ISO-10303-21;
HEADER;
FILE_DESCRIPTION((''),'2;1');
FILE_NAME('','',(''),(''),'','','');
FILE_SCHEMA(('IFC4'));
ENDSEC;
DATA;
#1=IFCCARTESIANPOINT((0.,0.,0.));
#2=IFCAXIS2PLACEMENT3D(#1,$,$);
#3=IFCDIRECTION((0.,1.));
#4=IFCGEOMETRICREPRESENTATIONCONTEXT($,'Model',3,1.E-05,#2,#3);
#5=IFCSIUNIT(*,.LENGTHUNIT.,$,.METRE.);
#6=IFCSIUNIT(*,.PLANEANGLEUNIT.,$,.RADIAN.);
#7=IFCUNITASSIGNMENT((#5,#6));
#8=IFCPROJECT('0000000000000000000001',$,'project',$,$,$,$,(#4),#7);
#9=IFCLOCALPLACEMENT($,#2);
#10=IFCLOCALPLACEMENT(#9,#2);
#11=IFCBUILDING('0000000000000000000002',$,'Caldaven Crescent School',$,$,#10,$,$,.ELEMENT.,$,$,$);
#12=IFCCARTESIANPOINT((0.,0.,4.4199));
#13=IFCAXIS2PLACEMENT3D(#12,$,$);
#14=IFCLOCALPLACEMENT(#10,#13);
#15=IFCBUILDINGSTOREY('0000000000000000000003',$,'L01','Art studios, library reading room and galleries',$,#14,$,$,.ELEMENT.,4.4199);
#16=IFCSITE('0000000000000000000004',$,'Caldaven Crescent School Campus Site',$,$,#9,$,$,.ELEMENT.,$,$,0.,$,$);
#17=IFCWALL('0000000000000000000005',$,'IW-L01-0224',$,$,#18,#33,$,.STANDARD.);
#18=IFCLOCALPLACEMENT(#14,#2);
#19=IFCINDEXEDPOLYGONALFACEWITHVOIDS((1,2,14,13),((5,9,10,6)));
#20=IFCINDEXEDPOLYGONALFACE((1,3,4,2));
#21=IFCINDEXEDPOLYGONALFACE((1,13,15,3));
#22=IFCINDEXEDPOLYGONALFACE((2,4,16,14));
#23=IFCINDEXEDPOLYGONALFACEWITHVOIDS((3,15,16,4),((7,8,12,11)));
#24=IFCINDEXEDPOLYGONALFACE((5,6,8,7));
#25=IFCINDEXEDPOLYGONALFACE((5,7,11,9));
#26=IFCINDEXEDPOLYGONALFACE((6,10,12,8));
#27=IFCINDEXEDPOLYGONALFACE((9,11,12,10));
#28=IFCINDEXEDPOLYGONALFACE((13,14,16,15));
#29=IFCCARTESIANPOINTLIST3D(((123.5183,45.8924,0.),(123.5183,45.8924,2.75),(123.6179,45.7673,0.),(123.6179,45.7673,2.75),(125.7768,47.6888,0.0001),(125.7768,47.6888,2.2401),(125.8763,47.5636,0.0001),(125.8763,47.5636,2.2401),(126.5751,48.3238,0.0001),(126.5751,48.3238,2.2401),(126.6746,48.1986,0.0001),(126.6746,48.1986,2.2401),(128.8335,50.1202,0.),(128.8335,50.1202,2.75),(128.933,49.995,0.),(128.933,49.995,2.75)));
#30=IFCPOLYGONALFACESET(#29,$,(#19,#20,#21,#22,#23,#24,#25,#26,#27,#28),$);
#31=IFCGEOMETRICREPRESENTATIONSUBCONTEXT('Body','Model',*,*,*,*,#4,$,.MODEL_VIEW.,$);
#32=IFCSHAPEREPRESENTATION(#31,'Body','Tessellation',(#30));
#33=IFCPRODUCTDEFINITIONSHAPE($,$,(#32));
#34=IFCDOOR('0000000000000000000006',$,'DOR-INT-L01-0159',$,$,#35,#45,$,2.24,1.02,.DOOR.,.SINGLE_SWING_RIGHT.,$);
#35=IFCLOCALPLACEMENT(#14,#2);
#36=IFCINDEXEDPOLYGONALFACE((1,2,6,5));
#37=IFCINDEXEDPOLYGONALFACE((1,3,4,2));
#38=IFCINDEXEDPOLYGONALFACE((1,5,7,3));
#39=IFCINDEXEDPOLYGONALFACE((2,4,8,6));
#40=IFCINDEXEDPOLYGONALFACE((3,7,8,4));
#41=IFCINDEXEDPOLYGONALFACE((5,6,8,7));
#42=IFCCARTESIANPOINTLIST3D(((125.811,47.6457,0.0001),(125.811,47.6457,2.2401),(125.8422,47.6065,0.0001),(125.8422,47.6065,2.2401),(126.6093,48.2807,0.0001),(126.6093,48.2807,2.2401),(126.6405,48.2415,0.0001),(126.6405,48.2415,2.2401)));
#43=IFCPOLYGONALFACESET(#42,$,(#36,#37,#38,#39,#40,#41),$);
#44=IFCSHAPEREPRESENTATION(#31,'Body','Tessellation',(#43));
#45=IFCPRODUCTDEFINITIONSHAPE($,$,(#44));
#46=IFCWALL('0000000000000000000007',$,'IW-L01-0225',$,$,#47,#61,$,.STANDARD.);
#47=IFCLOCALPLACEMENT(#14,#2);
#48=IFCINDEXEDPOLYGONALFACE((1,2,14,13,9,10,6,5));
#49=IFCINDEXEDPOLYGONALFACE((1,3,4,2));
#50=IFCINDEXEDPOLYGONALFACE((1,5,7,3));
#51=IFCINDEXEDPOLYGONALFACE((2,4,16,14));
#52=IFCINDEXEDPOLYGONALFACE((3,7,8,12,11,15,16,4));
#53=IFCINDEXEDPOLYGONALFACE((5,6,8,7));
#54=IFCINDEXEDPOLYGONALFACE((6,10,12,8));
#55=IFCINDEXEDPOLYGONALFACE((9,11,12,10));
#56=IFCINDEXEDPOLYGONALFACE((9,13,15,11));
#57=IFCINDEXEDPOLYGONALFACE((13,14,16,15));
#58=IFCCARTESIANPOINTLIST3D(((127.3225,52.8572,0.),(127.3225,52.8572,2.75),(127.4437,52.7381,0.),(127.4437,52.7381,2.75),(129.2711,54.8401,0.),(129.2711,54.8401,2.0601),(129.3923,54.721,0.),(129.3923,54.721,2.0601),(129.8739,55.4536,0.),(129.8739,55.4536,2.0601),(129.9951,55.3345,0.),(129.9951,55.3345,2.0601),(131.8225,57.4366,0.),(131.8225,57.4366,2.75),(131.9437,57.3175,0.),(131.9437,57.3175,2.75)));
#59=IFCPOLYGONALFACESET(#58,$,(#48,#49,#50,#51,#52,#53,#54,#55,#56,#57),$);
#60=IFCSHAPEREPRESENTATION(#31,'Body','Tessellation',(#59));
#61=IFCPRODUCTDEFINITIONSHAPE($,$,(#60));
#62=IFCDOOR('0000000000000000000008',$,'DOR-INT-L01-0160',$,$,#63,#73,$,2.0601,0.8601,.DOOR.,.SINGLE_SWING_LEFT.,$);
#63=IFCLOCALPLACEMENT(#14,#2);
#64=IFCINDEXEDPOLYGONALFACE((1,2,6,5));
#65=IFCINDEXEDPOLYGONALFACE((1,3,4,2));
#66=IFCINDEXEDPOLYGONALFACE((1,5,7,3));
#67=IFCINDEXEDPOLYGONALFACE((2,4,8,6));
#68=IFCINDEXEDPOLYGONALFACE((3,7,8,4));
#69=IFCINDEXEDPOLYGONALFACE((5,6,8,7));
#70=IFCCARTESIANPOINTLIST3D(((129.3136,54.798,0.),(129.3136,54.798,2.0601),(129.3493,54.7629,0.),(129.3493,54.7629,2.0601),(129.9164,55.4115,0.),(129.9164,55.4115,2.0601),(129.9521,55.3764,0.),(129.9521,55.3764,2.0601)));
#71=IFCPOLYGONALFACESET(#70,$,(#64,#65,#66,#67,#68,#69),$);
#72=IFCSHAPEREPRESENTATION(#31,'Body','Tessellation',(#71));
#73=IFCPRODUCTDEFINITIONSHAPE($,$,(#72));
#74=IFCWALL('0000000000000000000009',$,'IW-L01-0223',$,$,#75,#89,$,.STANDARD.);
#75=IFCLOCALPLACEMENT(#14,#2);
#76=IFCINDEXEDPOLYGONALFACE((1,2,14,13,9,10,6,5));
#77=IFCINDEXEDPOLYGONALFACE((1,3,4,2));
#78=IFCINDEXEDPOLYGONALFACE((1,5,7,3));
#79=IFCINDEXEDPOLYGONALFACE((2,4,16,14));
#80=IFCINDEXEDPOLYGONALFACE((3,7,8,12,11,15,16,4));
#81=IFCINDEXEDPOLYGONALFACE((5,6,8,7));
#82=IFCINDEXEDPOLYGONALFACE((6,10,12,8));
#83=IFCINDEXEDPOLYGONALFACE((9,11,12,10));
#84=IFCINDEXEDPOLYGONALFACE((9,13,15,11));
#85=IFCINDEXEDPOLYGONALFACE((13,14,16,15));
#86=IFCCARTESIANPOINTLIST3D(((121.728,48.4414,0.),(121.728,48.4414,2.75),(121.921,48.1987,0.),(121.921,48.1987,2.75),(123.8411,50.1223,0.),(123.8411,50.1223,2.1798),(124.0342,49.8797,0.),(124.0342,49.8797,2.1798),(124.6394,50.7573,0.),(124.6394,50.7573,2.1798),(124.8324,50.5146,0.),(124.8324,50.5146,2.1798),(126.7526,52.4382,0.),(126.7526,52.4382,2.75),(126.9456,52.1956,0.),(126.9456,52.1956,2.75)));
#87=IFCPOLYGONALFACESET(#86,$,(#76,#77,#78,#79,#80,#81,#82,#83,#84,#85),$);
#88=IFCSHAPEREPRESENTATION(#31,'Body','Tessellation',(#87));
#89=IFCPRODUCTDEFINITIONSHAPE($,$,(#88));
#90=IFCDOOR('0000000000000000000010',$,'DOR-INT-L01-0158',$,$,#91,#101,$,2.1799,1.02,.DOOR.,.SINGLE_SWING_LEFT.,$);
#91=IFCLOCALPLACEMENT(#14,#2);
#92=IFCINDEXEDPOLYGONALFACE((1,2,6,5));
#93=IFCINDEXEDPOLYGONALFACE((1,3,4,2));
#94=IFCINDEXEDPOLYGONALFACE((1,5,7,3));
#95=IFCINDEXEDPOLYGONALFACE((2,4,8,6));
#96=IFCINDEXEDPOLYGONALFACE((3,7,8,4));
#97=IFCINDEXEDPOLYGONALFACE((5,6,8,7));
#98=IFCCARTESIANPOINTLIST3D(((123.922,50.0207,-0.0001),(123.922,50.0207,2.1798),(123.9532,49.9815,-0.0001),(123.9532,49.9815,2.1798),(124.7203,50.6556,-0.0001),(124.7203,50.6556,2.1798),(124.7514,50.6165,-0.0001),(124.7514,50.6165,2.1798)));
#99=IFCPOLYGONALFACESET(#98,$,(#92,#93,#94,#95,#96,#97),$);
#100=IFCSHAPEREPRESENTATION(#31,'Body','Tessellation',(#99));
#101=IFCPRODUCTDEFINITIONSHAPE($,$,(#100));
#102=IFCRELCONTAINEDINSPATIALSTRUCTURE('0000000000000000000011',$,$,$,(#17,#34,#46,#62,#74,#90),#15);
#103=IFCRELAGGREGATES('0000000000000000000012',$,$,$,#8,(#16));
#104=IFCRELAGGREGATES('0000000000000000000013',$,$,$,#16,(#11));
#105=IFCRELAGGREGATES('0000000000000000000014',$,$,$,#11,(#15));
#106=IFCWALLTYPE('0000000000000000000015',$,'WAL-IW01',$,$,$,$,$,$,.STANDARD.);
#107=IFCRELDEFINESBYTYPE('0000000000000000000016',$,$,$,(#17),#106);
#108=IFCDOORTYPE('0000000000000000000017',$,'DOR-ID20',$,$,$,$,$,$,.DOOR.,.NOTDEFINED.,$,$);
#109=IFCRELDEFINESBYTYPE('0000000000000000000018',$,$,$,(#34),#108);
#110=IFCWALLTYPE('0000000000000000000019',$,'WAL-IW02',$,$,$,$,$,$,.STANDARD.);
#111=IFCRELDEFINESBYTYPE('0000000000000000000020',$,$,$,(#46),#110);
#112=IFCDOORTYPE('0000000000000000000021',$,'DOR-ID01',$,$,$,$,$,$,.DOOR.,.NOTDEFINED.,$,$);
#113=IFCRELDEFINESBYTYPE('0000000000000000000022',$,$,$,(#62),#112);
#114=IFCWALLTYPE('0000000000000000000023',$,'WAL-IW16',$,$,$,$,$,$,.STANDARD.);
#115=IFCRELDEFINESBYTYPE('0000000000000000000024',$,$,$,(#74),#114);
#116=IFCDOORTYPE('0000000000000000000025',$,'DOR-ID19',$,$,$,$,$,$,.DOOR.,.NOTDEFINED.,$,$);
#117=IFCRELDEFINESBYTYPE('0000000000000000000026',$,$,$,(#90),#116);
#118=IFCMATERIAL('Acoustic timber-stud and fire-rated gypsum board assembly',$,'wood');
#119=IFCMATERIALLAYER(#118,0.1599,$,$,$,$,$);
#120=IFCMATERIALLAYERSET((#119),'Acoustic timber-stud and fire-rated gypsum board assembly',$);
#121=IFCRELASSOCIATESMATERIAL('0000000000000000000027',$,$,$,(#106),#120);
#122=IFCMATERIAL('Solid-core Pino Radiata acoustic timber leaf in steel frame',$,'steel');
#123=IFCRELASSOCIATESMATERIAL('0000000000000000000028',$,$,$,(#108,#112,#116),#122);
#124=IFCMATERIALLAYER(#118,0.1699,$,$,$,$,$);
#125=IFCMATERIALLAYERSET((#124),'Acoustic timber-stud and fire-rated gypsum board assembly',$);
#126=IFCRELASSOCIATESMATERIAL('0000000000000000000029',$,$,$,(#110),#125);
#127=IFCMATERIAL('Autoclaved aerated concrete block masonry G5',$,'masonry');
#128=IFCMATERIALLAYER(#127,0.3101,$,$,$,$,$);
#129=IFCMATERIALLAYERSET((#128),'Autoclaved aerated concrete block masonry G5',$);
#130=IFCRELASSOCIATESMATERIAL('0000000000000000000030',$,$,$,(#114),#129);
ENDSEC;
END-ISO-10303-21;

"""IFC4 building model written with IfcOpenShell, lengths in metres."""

from ifc_helpers import new_model, si_unit, direction, frame, frame_2d, origin, place, context, subcontext, project, spatial, rectangle, extrude, material, layer, layer_set, type_object, element, fill, save


model = new_model("IFC4")

# Units and contexts
model_context = context("Model", 3, precision=1e-05, world=origin(), true_north=direction((0.0, 1.0)))
body_context = subcontext(model_context, "Body", "Model", "MODEL_VIEW")
ifc_project = project(units=[si_unit("LENGTHUNIT", "METRE"), si_unit("PLANEANGLEUNIT", "RADIAN")], contexts=[model_context])

# Site, building, storey
site_placement = place(None, origin())
site = spatial("IfcSite", under=ifc_project, at=site_placement, Name="Caldaven Crescent School Campus Site", CompositionType="ELEMENT", RefElevation=0.0)
building_placement = place(site_placement, origin())
building = spatial("IfcBuilding", under=site, at=building_placement, Name="Caldaven Crescent School", CompositionType="ELEMENT")
storey_placement = place(building_placement, frame((0.0, 0.0, 4.4199)))
storey = spatial("IfcBuildingStorey", under=building, at=storey_placement, Name="L01", Description="Art studios, library reading room and galleries", CompositionType="ELEMENT", Elevation=4.4199)

# Walls, openings, doors
ifc_material_1 = material(Name="Acoustic timber-stud and fire-rated gypsum board assembly", Category="wood")
ifc_layer_1 = layer(ifc_material_1, 0.1599)
ifc_layer_set_1 = layer_set([ifc_layer_1], Name="Acoustic timber-stud and fire-rated gypsum board assembly")
wall_type_1 = type_object("IfcWallType", Name="WAL-IW01", PredefinedType="STANDARD", material=ifc_layer_set_1)
wall_1_placement = place(storey_placement, frame((123.5681, 45.8298, 0.0), z_axis=(0.0, 0.0, 1.0), x_axis=(0.782616, 0.622505, 0.0)))
wall_1 = element("IfcWall", 1, at=wall_1_placement, inside=storey, type_object=wall_type_1, Name="IW-L01-0224", PredefinedType="STANDARD", context=body_context, shape_type="SweptSolid", body=[
    extrude(rectangle(XDim=6.7915, YDim=0.1599, at=frame_2d((3.3958, 0.0))), origin(), (0.0, 0.0, 1.0), 2.75),
])
opening_1_placement = place(wall_1_placement, frame((2.8857, 0.0, 0.0)))
opening_1 = element("IfcOpeningElement", 2, at=opening_1_placement, cuts=wall_1, PredefinedType="OPENING", context=body_context, shape_type="SweptSolid", body=[
    extrude(rectangle(XDim=1.02, YDim=2.24, at=frame_2d((0.51, 1.1201))), frame((0.0, 0.0898, 0.0), z_axis=(0.0, -1.0, 0.0), x_axis=(1.0, 0.0, 0.0)), (0.0, 0.0, 1.0), 0.1799),
])
ifc_material_2 = material(Name="Solid-core Pino Radiata acoustic timber leaf in steel frame", Category="steel")
door_type_1 = type_object("IfcDoorType", Name="DOR-ID20", OperationType="NOTDEFINED", PredefinedType="DOOR", material=ifc_material_2)
door_1_placement = place(opening_1_placement, origin())
door_1 = element("IfcDoor", 3, at=door_1_placement, inside=storey, type_object=door_type_1, Name="DOR-INT-L01-0159", OperationType="SINGLE_SWING_RIGHT", OverallHeight=2.24, OverallWidth=1.02, PredefinedType="DOOR", context=body_context, shape_type="SweptSolid", body=[
    extrude(rectangle(XDim=1.02, YDim=2.24, at=frame_2d((0.51, 1.1201))), frame((0.0, 0.0249, 0.0), z_axis=(0.0, -1.0, 0.0), x_axis=(1.0, 0.0, 0.0)), (0.0, 0.0, 1.0), 0.05),
])
fill(opening_1, door_1)
ifc_layer_2 = layer(ifc_material_1, 0.1699)
ifc_layer_set_2 = layer_set([ifc_layer_2], Name="Acoustic timber-stud and fire-rated gypsum board assembly")
wall_type_2 = type_object("IfcWallType", Name="WAL-IW02", PredefinedType="STANDARD", material=ifc_layer_set_2)
wall_2_placement = place(storey_placement, frame((127.3831, 52.7976, 0.0), z_axis=(0.0, 0.0, 1.0), x_axis=(0.700901, 0.713259, 0.0)))
wall_2 = element("IfcWall", 4, at=wall_2_placement, inside=storey, type_object=wall_type_2, Name="IW-L01-0225", PredefinedType="STANDARD", context=body_context, shape_type="SweptSolid", body=[
    extrude(rectangle(XDim=6.4204, YDim=0.1699, at=frame_2d((3.2102, 0.0))), origin(), (0.0, 0.0, 1.0), 2.75),
])
opening_2_placement = place(wall_2_placement, frame((2.78, 0.0, 0.0)))
opening_2 = element("IfcOpeningElement", 5, at=opening_2_placement, cuts=wall_2, PredefinedType="OPENING", context=body_context, shape_type="SweptSolid", body=[
    extrude(rectangle(XDim=0.8601, YDim=2.0601, at=frame_2d((0.4302, 1.03))), frame((0.0, 0.095, 0.0), z_axis=(0.0, -1.0, 0.0), x_axis=(1.0, 0.0, 0.0)), (0.0, 0.0, 1.0), 0.1899),
])
door_type_2 = type_object("IfcDoorType", Name="DOR-ID01", OperationType="NOTDEFINED", PredefinedType="DOOR", material=ifc_material_2)
door_2_placement = place(opening_2_placement, frame((0.8601, 0.0, 0.0), z_axis=(0.0, 0.0, 1.0), x_axis=(-1.0, 0.0, 0.0)))
door_2 = element("IfcDoor", 6, at=door_2_placement, inside=storey, type_object=door_type_2, Name="DOR-INT-L01-0160", OperationType="SINGLE_SWING_LEFT", OverallHeight=2.0601, OverallWidth=0.8601, PredefinedType="DOOR", context=body_context, shape_type="SweptSolid", body=[
    extrude(rectangle(XDim=0.8601, YDim=2.0601, at=frame_2d((0.4302, 1.03))), frame((0.0, 0.0249, 0.0), z_axis=(0.0, -1.0, 0.0), x_axis=(1.0, 0.0, 0.0)), (0.0, 0.0, 1.0), 0.05),
])
fill(opening_2, door_2)
ifc_material_3 = material(Name="Autoclaved aerated concrete block masonry G5", Category="masonry")
ifc_layer_3 = layer(ifc_material_3, 0.3101)
ifc_layer_set_3 = layer_set([ifc_layer_3], Name="Autoclaved aerated concrete block masonry G5")
wall_type_3 = type_object("IfcWallType", Name="WAL-IW16", PredefinedType="STANDARD", material=ifc_layer_set_3)
wall_3_placement = place(storey_placement, frame((121.8245, 48.3201, 0.0), z_axis=(0.0, 0.0, 1.0), x_axis=(0.782606, 0.622518, 0.0)))
wall_3 = element("IfcWall", 7, at=wall_3_placement, inside=storey, type_object=wall_type_3, Name="IW-L01-0223", PredefinedType="STANDARD", context=body_context, shape_type="SweptSolid", body=[
    extrude(rectangle(XDim=6.4204, YDim=0.3101, at=frame_2d((3.2102, 0.0))), origin(), (0.0, 0.0, 1.0), 2.75),
])
opening_3_placement = place(wall_3_placement, frame((2.7002, 0.0, 0.0)))
opening_3 = element("IfcOpeningElement", 8, at=opening_3_placement, cuts=wall_3, PredefinedType="OPENING", context=body_context, shape_type="SweptSolid", body=[
    extrude(rectangle(XDim=1.02, YDim=2.1799, at=frame_2d((0.51, 1.0898))), frame((0.0, 0.165, 0.0), z_axis=(0.0, -1.0, 0.0), x_axis=(1.0, 0.0, 0.0)), (0.0, 0.0, 1.0), 0.3301),
])
door_type_3 = type_object("IfcDoorType", Name="DOR-ID19", OperationType="NOTDEFINED", PredefinedType="DOOR", material=ifc_material_2)
door_3_placement = place(opening_3_placement, frame((1.02, 0.0, 0.0), z_axis=(0.0, 0.0, 1.0), x_axis=(-1.0, 0.0, 0.0)))
door_3 = element("IfcDoor", 9, at=door_3_placement, inside=storey, type_object=door_type_3, Name="DOR-INT-L01-0158", OperationType="SINGLE_SWING_LEFT", OverallHeight=2.1799, OverallWidth=1.02, PredefinedType="DOOR", context=body_context, shape_type="SweptSolid", body=[
    extrude(rectangle(XDim=1.02, YDim=2.1799, at=frame_2d((0.51, 1.0898))), frame((0.0, 0.0249, 0.0), z_axis=(0.0, -1.0, 0.0), x_axis=(1.0, 0.0, 0.0)), (0.0, 0.0, 1.0), 0.05),
])
fill(opening_3, door_3)

save(model, "model.ifc")
